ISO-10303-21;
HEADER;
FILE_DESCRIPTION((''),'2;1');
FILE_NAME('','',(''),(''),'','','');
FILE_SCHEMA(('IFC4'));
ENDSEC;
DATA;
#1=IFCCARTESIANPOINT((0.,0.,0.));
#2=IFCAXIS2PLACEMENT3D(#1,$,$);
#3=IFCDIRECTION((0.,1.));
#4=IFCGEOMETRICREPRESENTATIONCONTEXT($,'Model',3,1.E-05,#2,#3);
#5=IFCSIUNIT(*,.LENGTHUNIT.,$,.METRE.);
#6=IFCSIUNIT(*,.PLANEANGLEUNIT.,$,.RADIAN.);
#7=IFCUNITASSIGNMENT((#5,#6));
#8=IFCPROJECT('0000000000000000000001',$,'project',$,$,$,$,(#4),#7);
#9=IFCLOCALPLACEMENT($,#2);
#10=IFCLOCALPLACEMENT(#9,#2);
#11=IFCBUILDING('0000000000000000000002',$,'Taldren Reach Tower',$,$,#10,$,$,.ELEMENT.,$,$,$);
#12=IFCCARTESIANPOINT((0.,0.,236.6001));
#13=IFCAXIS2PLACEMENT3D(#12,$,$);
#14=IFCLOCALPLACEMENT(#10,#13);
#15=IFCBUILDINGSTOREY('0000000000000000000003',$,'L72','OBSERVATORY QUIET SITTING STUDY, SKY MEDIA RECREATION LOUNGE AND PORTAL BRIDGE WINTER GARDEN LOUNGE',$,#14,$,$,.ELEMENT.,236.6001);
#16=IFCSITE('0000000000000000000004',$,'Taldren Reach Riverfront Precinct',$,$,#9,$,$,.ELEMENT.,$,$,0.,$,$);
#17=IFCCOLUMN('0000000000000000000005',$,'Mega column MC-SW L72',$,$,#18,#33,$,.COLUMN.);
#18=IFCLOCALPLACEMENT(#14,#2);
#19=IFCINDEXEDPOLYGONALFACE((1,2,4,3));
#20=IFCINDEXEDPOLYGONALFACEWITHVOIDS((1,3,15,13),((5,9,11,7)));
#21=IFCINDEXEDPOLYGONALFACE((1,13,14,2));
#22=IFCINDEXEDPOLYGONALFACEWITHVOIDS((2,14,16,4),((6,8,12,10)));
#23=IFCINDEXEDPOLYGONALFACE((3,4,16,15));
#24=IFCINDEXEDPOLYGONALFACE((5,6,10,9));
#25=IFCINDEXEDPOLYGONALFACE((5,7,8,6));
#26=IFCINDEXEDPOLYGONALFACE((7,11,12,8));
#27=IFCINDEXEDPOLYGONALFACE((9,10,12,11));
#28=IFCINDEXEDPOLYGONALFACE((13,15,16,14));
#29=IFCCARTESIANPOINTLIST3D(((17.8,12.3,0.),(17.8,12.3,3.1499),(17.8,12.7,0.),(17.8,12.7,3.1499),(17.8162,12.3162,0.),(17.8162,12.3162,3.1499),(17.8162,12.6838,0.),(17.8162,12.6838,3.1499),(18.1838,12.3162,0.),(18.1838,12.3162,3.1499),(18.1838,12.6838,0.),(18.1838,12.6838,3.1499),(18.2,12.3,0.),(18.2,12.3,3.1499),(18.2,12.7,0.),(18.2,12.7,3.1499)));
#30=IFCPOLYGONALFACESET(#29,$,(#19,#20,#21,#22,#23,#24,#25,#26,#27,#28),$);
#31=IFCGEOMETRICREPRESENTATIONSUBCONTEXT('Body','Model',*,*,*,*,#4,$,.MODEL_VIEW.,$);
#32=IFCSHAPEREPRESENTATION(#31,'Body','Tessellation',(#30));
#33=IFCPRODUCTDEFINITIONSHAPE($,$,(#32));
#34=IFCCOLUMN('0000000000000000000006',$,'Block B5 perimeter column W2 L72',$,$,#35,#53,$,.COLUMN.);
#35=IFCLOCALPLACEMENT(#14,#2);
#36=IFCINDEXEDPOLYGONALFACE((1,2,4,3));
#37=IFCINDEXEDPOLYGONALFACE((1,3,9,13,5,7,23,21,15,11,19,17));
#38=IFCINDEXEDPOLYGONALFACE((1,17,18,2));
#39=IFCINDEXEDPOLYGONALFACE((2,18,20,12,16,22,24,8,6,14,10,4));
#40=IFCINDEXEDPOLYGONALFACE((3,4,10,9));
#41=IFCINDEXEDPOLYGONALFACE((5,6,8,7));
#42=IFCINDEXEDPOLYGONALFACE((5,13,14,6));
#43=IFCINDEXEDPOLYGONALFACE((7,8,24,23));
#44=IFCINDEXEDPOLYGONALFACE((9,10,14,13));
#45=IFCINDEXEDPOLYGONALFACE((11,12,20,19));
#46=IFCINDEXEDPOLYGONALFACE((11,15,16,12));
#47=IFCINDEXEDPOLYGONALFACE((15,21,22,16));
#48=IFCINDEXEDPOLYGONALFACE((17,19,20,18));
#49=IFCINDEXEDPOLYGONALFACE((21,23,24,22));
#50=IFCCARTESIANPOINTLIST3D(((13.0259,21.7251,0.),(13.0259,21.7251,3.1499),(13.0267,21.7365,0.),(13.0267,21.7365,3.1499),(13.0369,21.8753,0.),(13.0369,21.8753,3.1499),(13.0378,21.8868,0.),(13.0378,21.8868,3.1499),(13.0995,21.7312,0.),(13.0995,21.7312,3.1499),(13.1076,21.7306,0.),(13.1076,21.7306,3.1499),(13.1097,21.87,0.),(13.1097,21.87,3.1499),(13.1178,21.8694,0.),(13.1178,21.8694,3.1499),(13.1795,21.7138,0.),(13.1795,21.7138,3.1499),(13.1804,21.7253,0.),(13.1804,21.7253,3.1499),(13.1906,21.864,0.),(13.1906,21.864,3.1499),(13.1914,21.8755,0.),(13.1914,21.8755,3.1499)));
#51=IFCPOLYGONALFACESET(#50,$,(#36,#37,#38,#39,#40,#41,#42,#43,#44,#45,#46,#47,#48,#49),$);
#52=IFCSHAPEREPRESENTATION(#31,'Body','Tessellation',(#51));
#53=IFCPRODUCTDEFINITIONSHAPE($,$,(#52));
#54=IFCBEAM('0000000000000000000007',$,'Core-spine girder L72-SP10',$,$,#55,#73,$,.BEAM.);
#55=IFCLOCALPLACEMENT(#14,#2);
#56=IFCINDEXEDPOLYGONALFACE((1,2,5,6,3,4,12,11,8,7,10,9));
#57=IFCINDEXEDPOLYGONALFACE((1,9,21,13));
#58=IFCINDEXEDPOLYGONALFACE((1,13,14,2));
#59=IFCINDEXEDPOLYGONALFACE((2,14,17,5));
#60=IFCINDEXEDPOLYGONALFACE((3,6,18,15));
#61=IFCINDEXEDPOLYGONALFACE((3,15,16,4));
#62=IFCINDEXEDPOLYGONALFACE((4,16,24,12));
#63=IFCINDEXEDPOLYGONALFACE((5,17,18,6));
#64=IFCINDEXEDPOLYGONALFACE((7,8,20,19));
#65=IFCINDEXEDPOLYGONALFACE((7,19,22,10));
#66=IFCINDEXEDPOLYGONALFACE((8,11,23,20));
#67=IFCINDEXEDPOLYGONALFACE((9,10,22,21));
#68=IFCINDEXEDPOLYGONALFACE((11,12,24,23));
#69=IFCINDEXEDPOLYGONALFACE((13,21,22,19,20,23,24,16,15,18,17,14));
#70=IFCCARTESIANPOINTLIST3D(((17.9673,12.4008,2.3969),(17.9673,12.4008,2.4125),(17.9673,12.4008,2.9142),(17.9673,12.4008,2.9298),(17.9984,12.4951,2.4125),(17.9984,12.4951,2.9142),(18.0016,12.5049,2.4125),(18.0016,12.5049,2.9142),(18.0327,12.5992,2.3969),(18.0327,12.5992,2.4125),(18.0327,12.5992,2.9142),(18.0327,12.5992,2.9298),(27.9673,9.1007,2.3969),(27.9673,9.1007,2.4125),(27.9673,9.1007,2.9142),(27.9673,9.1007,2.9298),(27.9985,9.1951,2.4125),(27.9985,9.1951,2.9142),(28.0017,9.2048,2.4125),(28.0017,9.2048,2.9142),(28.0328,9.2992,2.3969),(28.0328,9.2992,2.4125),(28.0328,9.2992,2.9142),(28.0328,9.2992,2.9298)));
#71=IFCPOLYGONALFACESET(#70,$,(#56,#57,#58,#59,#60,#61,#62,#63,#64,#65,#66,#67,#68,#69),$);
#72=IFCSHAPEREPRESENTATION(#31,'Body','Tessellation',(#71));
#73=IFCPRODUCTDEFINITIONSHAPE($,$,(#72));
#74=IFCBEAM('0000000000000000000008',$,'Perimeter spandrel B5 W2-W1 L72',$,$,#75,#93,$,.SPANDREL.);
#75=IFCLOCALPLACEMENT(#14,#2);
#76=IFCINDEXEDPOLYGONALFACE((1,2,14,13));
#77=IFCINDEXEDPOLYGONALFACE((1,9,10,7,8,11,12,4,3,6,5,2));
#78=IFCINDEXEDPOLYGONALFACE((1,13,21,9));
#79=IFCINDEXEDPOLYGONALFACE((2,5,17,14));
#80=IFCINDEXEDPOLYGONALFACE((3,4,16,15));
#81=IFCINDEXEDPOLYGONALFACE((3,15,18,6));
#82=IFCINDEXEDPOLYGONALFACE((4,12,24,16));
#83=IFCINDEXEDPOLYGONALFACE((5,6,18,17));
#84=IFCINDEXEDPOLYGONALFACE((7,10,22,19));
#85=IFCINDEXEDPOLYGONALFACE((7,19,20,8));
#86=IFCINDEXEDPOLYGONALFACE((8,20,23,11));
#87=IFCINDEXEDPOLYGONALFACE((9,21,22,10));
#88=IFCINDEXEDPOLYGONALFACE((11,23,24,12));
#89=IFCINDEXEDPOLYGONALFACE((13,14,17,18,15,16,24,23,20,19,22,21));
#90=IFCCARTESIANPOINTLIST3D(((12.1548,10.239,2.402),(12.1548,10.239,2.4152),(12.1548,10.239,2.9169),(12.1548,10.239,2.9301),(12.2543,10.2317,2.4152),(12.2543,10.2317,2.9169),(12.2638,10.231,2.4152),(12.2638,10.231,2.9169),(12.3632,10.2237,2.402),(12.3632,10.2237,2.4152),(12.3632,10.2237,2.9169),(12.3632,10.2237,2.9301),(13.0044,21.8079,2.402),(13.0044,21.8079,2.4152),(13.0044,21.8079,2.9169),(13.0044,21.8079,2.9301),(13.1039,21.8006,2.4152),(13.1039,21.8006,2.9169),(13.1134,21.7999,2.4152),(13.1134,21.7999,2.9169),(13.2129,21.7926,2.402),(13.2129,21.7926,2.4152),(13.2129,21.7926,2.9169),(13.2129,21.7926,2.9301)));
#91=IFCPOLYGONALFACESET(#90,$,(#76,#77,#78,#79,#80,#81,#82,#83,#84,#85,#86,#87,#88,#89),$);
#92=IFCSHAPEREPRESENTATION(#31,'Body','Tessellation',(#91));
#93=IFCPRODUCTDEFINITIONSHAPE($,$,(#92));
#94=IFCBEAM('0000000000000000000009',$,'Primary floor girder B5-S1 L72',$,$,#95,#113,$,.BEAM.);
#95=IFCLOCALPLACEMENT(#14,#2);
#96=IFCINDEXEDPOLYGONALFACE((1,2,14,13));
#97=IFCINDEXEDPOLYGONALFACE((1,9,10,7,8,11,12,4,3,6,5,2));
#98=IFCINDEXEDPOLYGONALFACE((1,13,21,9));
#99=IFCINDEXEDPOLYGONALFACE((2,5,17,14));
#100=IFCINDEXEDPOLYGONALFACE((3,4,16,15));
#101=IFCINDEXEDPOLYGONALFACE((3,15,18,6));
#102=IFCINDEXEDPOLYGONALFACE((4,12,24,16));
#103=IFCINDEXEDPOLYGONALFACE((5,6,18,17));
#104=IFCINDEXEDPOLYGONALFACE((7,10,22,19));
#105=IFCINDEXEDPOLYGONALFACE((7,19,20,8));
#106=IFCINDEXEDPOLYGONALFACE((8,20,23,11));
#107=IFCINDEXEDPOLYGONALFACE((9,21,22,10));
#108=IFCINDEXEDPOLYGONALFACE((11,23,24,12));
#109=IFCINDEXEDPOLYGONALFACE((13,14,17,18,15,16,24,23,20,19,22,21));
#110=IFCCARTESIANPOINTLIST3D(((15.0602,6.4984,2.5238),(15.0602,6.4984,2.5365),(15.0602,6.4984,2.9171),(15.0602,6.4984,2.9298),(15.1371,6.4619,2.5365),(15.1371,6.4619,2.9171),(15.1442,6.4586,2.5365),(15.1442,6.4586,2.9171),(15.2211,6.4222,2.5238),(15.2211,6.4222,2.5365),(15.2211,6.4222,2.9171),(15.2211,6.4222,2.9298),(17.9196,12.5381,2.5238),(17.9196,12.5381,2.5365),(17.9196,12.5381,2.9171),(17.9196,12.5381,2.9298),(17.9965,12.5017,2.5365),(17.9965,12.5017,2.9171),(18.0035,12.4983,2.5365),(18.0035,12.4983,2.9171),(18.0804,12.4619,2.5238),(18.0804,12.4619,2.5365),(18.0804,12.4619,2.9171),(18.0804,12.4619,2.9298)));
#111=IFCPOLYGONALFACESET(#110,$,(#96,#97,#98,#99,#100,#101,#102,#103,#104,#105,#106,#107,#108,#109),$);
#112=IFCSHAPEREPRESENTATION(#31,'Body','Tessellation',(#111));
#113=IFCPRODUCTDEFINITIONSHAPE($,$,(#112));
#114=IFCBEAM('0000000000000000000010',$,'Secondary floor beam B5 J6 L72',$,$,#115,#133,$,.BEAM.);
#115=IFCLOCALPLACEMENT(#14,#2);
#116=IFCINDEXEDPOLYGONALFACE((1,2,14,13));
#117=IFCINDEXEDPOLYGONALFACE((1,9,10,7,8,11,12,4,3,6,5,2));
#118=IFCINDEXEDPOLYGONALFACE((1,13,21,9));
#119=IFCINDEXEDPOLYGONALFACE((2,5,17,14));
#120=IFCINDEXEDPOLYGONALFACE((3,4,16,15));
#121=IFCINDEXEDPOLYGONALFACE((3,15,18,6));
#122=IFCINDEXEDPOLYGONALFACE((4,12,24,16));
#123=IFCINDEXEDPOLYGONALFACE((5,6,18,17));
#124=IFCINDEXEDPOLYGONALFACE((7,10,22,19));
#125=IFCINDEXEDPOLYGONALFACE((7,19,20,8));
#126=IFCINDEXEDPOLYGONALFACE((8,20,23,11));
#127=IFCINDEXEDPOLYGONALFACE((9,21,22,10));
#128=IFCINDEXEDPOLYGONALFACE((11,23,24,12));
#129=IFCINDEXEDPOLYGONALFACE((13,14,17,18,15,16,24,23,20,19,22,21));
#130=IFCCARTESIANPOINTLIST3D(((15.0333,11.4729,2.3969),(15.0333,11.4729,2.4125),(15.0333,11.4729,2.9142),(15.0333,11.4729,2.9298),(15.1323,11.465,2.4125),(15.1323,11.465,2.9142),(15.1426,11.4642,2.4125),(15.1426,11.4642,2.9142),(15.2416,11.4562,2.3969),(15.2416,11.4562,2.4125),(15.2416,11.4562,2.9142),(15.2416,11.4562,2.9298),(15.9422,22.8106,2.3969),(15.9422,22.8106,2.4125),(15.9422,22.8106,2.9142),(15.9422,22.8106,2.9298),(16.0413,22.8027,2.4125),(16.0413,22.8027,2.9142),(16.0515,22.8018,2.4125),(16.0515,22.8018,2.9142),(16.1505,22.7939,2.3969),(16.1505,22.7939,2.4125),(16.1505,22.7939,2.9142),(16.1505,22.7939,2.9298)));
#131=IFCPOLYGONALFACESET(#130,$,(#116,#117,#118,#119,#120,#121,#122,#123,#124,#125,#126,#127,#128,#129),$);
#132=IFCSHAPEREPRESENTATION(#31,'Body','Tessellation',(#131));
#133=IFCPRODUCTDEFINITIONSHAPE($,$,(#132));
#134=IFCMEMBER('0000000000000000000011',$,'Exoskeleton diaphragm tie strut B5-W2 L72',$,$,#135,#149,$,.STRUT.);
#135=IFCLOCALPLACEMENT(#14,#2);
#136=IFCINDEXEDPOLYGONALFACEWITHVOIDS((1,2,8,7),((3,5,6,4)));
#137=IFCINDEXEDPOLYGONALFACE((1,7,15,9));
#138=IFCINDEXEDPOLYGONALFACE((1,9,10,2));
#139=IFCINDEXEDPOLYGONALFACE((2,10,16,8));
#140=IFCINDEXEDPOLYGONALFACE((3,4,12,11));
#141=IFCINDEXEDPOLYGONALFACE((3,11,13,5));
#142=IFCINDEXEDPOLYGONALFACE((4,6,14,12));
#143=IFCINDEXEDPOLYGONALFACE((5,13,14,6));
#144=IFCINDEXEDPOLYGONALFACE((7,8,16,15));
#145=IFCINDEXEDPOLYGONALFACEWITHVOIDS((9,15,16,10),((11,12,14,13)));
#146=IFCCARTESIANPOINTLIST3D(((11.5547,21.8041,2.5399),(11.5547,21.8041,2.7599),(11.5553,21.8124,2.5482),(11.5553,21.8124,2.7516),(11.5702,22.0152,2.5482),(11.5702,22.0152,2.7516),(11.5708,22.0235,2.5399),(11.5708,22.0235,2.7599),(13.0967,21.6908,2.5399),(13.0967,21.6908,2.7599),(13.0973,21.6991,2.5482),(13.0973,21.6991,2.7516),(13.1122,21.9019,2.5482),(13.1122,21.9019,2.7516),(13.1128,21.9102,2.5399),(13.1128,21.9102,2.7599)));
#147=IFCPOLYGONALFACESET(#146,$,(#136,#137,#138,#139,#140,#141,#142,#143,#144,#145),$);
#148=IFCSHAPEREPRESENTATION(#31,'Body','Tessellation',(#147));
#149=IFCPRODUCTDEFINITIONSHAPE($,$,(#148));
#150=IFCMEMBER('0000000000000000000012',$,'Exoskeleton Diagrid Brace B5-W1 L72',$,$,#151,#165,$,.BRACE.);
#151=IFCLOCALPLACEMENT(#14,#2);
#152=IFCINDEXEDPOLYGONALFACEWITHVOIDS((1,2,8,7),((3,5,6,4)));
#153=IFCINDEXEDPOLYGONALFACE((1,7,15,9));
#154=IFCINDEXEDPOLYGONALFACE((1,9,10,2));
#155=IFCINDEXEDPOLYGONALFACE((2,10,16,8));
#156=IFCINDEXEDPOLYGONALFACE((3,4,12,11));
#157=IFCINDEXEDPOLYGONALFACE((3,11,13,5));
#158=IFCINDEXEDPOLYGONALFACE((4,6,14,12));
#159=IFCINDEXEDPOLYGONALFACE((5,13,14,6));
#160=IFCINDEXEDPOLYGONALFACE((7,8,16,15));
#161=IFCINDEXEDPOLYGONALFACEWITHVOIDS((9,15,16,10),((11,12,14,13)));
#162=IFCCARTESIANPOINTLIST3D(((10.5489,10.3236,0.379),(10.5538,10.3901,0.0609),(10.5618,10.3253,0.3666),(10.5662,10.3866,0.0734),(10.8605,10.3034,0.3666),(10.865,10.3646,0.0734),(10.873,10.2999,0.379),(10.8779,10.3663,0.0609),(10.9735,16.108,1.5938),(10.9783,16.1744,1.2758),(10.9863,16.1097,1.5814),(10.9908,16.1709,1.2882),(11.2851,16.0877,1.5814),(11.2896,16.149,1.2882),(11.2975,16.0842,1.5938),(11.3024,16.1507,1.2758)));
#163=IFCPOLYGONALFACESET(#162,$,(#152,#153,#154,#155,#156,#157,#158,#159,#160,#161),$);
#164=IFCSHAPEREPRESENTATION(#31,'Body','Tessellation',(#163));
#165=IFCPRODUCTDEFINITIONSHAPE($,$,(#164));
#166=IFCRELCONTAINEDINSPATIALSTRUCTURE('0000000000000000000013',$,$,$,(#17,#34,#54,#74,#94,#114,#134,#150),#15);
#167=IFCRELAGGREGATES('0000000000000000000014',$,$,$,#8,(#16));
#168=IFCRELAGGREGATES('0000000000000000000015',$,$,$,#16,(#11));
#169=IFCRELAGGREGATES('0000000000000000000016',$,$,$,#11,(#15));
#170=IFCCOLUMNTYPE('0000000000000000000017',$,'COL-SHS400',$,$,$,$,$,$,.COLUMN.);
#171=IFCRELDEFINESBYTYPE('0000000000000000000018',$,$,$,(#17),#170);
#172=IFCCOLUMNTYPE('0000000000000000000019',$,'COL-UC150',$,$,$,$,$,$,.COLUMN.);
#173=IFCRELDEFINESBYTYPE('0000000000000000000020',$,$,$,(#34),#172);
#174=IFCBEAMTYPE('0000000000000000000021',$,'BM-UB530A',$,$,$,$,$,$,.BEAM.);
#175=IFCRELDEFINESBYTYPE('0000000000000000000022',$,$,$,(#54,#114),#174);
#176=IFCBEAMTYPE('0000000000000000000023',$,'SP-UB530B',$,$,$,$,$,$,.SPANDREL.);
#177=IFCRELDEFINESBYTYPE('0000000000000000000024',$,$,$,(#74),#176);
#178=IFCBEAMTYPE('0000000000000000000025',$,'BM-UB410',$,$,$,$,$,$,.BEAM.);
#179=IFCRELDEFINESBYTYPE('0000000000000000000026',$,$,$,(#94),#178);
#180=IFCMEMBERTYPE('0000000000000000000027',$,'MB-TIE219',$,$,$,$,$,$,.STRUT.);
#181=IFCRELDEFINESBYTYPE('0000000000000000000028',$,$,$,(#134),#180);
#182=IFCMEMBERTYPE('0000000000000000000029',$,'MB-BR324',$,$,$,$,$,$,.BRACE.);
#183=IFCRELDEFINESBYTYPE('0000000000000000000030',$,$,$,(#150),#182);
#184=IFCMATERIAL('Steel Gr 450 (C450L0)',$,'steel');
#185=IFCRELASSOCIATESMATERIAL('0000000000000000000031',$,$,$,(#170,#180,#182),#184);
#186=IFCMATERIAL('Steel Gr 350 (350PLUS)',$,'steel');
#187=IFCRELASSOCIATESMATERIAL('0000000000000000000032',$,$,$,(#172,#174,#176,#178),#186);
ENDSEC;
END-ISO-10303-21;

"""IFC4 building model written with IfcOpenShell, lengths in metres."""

from ifc_helpers import new_model, si_unit, direction, frame, origin, origin_2d, place, context, subcontext, project, spatial, hollow_rectangle, i_section, extrude, source, transform, mapped, material, material_profile, profile_set, type_object, element, save


model = new_model("IFC4")

# Units and contexts
model_context = context("Model", 3, precision=1e-05, world=origin(), true_north=direction((0.0, 1.0)))
body_context = subcontext(model_context, "Body", "Model", "MODEL_VIEW")
ifc_project = project(units=[si_unit("LENGTHUNIT", "METRE"), si_unit("PLANEANGLEUNIT", "RADIAN")], contexts=[model_context])

# Site, building, storey
site_placement = place(None, origin())
site = spatial("IfcSite", under=ifc_project, at=site_placement, Name="Taldren Reach Riverfront Precinct", CompositionType="ELEMENT", RefElevation=0.0)
building_placement = place(site_placement, origin())
building = spatial("IfcBuilding", under=site, at=building_placement, Name="Taldren Reach Tower", CompositionType="ELEMENT")
storey_placement = place(building_placement, frame((0.0, 0.0, 236.6001)))
storey = spatial("IfcBuildingStorey", under=building, at=storey_placement, Name="L72", Description="OBSERVATORY QUIET SITTING STUDY, SKY MEDIA RECREATION LOUNGE AND PORTAL BRIDGE WINTER GARDEN LOUNGE", CompositionType="ELEMENT", Elevation=236.6001)

# Columns
ifc_material_1 = material(Name="Steel Gr 450 (C450L0)", Category="steel")
ifc_material_profile_1 = material_profile(ifc_material_1, hollow_rectangle(XDim=0.3999, YDim=0.3999, WallThickness=0.0161, at=origin_2d()), Name="400x400x16.0SHS")
ifc_profile_set_1 = profile_set([ifc_material_profile_1], Name="Steel Gr 450 (C450L0)")
column_type_1 = type_object("IfcColumnType", Name="COL-SHS400", PredefinedType="COLUMN", material=ifc_profile_set_1)
shared_shape_1 = source(origin(), body_context, "Body", "SweptSolid", [
    extrude(hollow_rectangle(XDim=0.3999, YDim=0.3999, WallThickness=0.0161, at=origin_2d()), origin(), (0.0, 0.0, 1.0), 3.1499),
])
column_1_placement = place(storey_placement, frame((18.0, 12.5, 0.0), z_axis=(0.0, 0.0, 1.0), x_axis=(1.0, 0.0, 0.0)))
element("IfcColumn", 1, at=column_1_placement, inside=storey, type_object=column_type_1, Name="Mega column MC-SW L72", PredefinedType="COLUMN", context=body_context, shape_type="MappedRepresentation", body=[
    mapped(shared_shape_1, transform((0.0, 0.0, 0.0), scale=1.0)),
])
ifc_material_2 = material(Name="Steel Gr 350 (350PLUS)", Category="steel")
ifc_material_profile_2 = material_profile(ifc_material_2, i_section(OverallWidth=0.1541, OverallDepth=0.1621, WebThickness=0.0081, FlangeThickness=0.0115, at=origin_2d()), Name="150UC37.2")
ifc_profile_set_2 = profile_set([ifc_material_profile_2], Name="Steel Gr 350 (350PLUS)")
column_type_2 = type_object("IfcColumnType", Name="COL-UC150", PredefinedType="COLUMN", material=ifc_profile_set_2)
shared_shape_2 = source(origin(), body_context, "Body", "SweptSolid", [
    extrude(i_section(OverallWidth=0.1541, OverallDepth=0.1621, WebThickness=0.0081, FlangeThickness=0.0115, at=origin_2d()), origin(), (0.0, 0.0, 1.0), 3.1499),
])
column_2_placement = place(storey_placement, frame((13.1086, 21.8003, 0.0), z_axis=(0.0, 0.0, 1.0), x_axis=(0.997314, -0.073238, 0.0)))
element("IfcColumn", 2, at=column_2_placement, inside=storey, type_object=column_type_2, Name="Block B5 perimeter column W2 L72", PredefinedType="COLUMN", context=body_context, shape_type="MappedRepresentation", body=[
    mapped(shared_shape_2, transform((0.0, 0.0, 0.0), scale=1.0)),
])

# Beams
ifc_material_profile_3 = material_profile(ifc_material_2, i_section(OverallWidth=0.209, OverallDepth=0.533, WebThickness=0.0103, FlangeThickness=0.0156, at=origin_2d()), Name="530UB92.4")
ifc_profile_set_3 = profile_set([ifc_material_profile_3], Name="Steel Gr 350 (350PLUS)")
beam_type_1 = type_object("IfcBeamType", Name="BM-UB530A", PredefinedType="BEAM", material=ifc_profile_set_3)
shared_shape_3 = source(origin(), body_context, "Body", "SweptSolid", [
    extrude(i_section(OverallWidth=0.209, OverallDepth=0.533, WebThickness=0.0103, FlangeThickness=0.0156, at=origin_2d()), origin(), (0.0, 0.0, 1.0), 10.5305),
])
beam_1_placement = place(storey_placement, frame((18.0, 12.5, 2.6633), z_axis=(0.949627, -0.313382, 0.0), x_axis=(0.313382, 0.949627, 0.0)))
element("IfcBeam", 3, at=beam_1_placement, inside=storey, type_object=beam_type_1, Name="Core-spine girder L72-SP10", PredefinedType="BEAM", context=body_context, shape_type="MappedRepresentation", body=[
    mapped(shared_shape_3, transform((0.0, 0.0, 0.0), scale=1.0)),
])
ifc_material_profile_4 = material_profile(ifc_material_2, i_section(OverallWidth=0.209, OverallDepth=0.5281, WebThickness=0.0095, FlangeThickness=0.0132, at=origin_2d()), Name="530UB82.0")
ifc_profile_set_4 = profile_set([ifc_material_profile_4], Name="Steel Gr 350 (350PLUS)")
beam_type_2 = type_object("IfcBeamType", Name="SP-UB530B", PredefinedType="SPANDREL", material=ifc_profile_set_4)
shared_shape_4 = source(origin(), body_context, "Body", "SweptSolid", [
    extrude(i_section(OverallWidth=0.209, OverallDepth=0.5281, WebThickness=0.0095, FlangeThickness=0.0132, at=origin_2d()), origin(), (0.0, 0.0, 1.0), 11.6001),
])
beam_2_placement = place(storey_placement, frame((13.1086, 21.8003, 2.666), z_axis=(-0.073242, -0.997314, 0.0), x_axis=(0.997314, -0.073242, 0.0)))
element("IfcBeam", 4, at=beam_2_placement, inside=storey, type_object=beam_type_2, Name="Perimeter spandrel B5 W2-W1 L72", PredefinedType="SPANDREL", context=body_context, shape_type="MappedRepresentation", body=[
    mapped(shared_shape_4, transform((0.0, 0.0, 0.0), scale=1.0)),
])
ifc_material_profile_5 = material_profile(ifc_material_2, i_section(OverallWidth=0.178, OverallDepth=0.406, WebThickness=0.0078, FlangeThickness=0.0127, at=origin_2d()), Name="410UB59.7")
ifc_profile_set_5 = profile_set([ifc_material_profile_5], Name="Steel Gr 350 (350PLUS)")
beam_type_3 = type_object("IfcBeamType", Name="BM-UB410", PredefinedType="BEAM", material=ifc_profile_set_5)
shared_shape_5 = source(origin(), body_context, "Body", "SweptSolid", [
    extrude(i_section(OverallWidth=0.178, OverallDepth=0.406, WebThickness=0.0078, FlangeThickness=0.0127, at=origin_2d()), origin(), (0.0, 0.0, 1.0), 6.6824),
])
beam_3_placement = place(storey_placement, frame((18.0, 12.5, 2.7268), z_axis=(-0.427893, -0.903829, 0.0), x_axis=(0.903829, -0.427893, 0.0)))
element("IfcBeam", 5, at=beam_3_placement, inside=storey, type_object=beam_type_3, Name="Primary floor girder B5-S1 L72", PredefinedType="BEAM", context=body_context, shape_type="MappedRepresentation", body=[
    mapped(shared_shape_5, transform((0.0, 0.0, 0.0), scale=1.0)),
])
shared_shape_6 = source(origin(), body_context, "Body", "SweptSolid", [
    extrude(i_section(OverallWidth=0.209, OverallDepth=0.533, WebThickness=0.0103, FlangeThickness=0.0156, at=origin_2d()), origin(), (0.0, 0.0, 1.0), 11.374),
])
beam_4_placement = place(storey_placement, frame((15.1375, 11.4646, 2.6633), z_axis=(0.079913, 0.996802, 0.0), x_axis=(-0.996802, 0.079913, 0.0)))
element("IfcBeam", 6, at=beam_4_placement, inside=storey, type_object=beam_type_1, Name="Secondary floor beam B5 J6 L72", PredefinedType="BEAM", context=body_context, shape_type="MappedRepresentation", body=[
    mapped(shared_shape_6, transform((0.0, 0.0, 0.0), scale=1.0)),
])

# Members
ifc_material_profile_6 = material_profile(ifc_material_1, hollow_rectangle(XDim=0.22, YDim=0.22, WallThickness=0.0083, at=origin_2d()), Name="220x220x8.2SHS")
ifc_profile_set_6 = profile_set([ifc_material_profile_6], Name="Steel Gr 450 (C450L0)")
member_type_1 = type_object("IfcMemberType", Name="MB-TIE219", PredefinedType="STRUT", material=ifc_profile_set_6)
shared_shape_7 = source(origin(), body_context, "Body", "SweptSolid", [
    extrude(hollow_rectangle(XDim=0.22, YDim=0.22, WallThickness=0.0083, at=origin_2d()), origin(), (0.0, 0.0, 1.0), 1.5461),
])
member_1_placement = place(storey_placement, frame((13.1047, 21.8005, 2.6499), z_axis=(-0.997312, 0.073267, 0.0), x_axis=(-0.073267, -0.997312, 0.0)))
element("IfcMember", 7, at=member_1_placement, inside=storey, type_object=member_type_1, Name="Exoskeleton diaphragm tie strut B5-W2 L72", PredefinedType="STRUT", context=body_context, shape_type="MappedRepresentation", body=[
    mapped(shared_shape_7, transform((0.0, 0.0, 0.0), scale=1.0)),
])
ifc_material_profile_7 = material_profile(ifc_material_1, hollow_rectangle(XDim=0.325, YDim=0.325, WallThickness=0.0127, at=origin_2d()), Name="325x325x12.7SHS")
ifc_profile_set_7 = profile_set([ifc_material_profile_7], Name="Steel Gr 450 (C450L0)")
member_type_2 = type_object("IfcMemberType", Name="MB-BR324", PredefinedType="BRACE", material=ifc_profile_set_7)
shared_shape_8 = source(origin(), body_context, "Body", "SweptSolid", [
    extrude(hollow_rectangle(XDim=0.325, YDim=0.325, WallThickness=0.0127, at=origin_2d()), origin(), (0.0, 0.0, 1.0), 5.9258),
])
member_2_placement = place(storey_placement, frame((10.7134, 10.345, 0.22), z_axis=(0.071646, 0.976135, 0.205008), x_axis=(-0.997317, 0.0732, 0.0)))
element("IfcMember", 8, at=member_2_placement, inside=storey, type_object=member_type_2, Name="Exoskeleton Diagrid Brace B5-W1 L72", PredefinedType="BRACE", context=body_context, shape_type="MappedRepresentation", body=[
    mapped(shared_shape_8, transform((0.0, 0.0, 0.0), scale=1.0)),
])

save(model, "model.ifc")
